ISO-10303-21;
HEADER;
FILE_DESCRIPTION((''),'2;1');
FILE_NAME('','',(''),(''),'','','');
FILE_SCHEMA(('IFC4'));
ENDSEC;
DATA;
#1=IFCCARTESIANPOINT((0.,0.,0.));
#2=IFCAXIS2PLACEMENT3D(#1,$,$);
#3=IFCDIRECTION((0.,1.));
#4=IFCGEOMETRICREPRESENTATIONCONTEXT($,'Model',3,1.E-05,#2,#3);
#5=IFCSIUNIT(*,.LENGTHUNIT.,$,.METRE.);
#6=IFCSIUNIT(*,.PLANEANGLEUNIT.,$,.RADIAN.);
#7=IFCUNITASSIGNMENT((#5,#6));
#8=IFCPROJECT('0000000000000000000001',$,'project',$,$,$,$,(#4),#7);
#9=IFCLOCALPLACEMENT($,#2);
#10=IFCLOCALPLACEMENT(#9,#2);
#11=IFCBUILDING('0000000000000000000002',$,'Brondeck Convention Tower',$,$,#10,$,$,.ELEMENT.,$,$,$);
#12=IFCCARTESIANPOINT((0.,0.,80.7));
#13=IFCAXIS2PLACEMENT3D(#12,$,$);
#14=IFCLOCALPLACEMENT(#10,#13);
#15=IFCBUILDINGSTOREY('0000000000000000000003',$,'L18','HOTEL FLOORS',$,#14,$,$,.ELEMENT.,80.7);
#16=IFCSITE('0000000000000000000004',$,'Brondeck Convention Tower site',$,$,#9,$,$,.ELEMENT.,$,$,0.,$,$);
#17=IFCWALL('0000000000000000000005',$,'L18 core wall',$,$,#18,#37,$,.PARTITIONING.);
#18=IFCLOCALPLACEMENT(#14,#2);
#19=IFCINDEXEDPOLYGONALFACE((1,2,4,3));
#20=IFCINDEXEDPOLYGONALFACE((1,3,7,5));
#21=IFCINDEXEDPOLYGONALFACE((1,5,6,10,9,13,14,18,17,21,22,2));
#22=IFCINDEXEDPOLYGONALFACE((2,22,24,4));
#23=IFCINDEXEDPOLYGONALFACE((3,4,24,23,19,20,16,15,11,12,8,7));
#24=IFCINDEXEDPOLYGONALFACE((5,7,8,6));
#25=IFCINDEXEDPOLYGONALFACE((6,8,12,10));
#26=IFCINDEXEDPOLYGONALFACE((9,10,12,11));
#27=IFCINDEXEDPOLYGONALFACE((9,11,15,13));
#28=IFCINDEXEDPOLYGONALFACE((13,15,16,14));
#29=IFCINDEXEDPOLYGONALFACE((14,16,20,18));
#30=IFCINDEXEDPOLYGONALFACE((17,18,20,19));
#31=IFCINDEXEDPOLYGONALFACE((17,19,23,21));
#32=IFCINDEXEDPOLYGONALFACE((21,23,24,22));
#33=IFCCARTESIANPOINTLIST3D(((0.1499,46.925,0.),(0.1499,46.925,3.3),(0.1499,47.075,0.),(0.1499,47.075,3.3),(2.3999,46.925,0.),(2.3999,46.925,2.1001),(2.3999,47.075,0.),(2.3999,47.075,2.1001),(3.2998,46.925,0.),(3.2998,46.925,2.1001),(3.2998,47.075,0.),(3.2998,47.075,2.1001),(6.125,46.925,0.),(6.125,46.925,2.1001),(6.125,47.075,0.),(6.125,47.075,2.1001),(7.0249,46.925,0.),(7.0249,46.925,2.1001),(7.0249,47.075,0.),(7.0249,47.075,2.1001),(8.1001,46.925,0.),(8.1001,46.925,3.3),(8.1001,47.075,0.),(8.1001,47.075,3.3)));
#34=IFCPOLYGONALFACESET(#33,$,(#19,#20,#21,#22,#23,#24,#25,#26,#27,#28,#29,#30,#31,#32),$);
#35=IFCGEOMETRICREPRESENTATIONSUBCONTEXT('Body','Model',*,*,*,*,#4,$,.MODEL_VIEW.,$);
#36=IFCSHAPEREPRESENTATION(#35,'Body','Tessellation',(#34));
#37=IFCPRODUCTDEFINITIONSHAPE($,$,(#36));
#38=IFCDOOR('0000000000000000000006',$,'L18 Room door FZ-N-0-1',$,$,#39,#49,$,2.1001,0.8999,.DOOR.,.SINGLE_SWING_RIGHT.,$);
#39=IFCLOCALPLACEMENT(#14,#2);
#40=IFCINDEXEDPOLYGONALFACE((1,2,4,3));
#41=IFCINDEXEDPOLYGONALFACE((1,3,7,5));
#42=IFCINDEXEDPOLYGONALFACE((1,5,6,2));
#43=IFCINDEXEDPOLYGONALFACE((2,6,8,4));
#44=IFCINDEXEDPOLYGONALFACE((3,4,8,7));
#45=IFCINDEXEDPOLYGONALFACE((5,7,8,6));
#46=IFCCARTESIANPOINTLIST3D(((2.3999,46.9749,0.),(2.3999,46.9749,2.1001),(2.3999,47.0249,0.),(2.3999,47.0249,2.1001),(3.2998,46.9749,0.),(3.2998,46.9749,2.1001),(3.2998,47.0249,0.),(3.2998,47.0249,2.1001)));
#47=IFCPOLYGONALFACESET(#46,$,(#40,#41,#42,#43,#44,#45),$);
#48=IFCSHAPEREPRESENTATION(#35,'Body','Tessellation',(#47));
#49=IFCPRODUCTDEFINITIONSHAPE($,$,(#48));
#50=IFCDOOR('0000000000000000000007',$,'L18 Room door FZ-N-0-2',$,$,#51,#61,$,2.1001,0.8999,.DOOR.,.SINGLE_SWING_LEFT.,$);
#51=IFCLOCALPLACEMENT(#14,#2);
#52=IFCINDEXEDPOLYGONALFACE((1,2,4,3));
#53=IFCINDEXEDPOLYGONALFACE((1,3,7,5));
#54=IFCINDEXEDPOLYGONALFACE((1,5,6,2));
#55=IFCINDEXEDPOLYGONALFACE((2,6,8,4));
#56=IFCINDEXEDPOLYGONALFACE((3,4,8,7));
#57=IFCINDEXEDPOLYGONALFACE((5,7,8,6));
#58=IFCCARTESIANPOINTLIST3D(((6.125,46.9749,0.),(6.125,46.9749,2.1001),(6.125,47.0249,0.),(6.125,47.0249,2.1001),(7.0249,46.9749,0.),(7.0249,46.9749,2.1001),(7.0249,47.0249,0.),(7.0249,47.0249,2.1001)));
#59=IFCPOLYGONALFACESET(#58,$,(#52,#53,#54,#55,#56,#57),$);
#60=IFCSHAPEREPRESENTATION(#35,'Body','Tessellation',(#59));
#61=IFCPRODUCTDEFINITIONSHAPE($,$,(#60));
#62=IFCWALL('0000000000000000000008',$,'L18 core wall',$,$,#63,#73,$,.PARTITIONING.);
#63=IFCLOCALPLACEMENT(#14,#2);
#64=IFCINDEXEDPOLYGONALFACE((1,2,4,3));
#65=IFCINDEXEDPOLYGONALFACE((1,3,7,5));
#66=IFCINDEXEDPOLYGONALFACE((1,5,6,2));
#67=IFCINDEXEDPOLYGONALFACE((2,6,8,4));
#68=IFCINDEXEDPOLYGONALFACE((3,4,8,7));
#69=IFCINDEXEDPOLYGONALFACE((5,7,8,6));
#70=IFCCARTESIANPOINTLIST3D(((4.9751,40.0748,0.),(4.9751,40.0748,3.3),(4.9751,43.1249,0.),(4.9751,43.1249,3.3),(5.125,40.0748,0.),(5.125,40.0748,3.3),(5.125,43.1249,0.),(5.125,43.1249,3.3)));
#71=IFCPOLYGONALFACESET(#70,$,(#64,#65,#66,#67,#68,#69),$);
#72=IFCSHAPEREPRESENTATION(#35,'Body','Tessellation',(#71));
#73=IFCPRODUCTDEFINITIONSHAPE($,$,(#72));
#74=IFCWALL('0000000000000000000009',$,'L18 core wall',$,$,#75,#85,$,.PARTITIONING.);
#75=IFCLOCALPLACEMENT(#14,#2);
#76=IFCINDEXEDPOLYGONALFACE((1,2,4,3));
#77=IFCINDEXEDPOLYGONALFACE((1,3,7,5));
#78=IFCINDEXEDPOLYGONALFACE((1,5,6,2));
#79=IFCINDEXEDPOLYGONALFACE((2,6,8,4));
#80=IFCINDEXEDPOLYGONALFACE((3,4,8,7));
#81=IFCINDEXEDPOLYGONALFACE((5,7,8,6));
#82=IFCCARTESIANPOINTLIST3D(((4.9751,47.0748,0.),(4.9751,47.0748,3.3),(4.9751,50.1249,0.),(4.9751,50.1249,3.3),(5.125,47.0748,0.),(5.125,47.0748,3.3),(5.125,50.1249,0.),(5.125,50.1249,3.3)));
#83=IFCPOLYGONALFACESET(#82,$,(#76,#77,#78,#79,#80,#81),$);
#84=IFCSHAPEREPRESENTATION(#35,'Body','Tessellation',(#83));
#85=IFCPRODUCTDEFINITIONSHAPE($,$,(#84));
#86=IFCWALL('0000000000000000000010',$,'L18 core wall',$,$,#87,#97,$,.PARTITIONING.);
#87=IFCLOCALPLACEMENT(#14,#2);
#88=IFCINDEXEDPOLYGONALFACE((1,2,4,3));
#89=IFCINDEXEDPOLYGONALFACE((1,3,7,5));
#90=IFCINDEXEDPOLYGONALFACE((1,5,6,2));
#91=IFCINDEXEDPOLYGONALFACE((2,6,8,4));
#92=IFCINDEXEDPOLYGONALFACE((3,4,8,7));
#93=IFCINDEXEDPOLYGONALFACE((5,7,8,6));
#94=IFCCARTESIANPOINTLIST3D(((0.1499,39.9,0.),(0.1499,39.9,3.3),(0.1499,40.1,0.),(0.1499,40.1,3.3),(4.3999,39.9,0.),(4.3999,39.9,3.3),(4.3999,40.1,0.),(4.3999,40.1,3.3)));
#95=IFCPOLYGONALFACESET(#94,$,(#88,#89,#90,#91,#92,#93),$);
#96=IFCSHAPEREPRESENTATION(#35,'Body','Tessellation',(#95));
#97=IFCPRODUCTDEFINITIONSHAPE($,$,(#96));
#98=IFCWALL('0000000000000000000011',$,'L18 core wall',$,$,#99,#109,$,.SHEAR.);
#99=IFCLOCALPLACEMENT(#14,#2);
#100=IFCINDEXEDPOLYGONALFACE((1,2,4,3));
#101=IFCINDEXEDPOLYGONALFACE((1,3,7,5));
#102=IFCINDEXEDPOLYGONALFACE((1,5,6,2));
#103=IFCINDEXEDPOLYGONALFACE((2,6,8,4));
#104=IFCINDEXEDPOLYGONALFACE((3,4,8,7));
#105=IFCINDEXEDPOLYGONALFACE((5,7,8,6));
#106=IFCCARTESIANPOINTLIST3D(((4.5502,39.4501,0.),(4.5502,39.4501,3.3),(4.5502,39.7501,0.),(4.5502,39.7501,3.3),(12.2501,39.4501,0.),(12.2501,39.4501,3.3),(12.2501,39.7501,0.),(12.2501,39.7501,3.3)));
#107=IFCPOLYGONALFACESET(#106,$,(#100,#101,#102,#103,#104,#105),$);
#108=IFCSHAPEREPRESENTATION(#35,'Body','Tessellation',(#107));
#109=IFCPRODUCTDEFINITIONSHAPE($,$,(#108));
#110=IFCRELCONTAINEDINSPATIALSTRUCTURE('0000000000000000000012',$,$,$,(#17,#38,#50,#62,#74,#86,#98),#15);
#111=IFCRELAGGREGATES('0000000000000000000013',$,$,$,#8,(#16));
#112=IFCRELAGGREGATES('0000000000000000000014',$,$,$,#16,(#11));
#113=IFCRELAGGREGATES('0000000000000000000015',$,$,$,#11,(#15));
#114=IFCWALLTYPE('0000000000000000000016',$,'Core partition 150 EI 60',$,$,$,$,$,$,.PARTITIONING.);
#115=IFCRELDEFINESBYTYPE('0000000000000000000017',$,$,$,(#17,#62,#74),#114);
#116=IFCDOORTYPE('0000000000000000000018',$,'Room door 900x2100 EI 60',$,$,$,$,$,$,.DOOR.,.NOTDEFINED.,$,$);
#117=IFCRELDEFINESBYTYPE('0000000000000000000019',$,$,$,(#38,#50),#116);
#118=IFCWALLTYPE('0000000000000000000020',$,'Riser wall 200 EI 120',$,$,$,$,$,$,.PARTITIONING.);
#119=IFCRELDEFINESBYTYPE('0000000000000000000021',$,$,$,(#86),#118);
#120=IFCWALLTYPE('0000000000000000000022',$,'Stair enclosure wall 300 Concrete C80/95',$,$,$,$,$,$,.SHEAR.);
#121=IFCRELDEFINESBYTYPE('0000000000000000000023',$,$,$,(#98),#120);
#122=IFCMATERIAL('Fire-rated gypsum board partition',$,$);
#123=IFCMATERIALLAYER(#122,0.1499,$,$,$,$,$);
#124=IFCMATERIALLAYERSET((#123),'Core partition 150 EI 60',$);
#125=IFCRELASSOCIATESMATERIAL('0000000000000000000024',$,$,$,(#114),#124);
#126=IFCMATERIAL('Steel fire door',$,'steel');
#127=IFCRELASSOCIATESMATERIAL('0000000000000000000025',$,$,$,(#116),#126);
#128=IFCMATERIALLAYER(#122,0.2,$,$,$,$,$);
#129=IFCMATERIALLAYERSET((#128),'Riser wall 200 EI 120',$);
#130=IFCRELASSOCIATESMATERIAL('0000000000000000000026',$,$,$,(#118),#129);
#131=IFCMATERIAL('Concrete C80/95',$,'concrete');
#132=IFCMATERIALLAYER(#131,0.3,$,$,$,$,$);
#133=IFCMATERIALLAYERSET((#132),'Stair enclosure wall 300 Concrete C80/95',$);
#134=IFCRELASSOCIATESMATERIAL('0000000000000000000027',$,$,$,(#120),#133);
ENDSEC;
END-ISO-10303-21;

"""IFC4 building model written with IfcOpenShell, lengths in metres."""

from ifc_helpers import new_model, si_unit, direction, frame, frame_2d, origin, place, context, subcontext, project, spatial, rectangle, extrude, material, layer, layer_set, type_object, element, fill, save


model = new_model("IFC4")

# Units and contexts
model_context = context("Model", 3, precision=1e-05, world=origin(), true_north=direction((0.0, 1.0)))
body_context = subcontext(model_context, "Body", "Model", "MODEL_VIEW")
ifc_project = project(units=[si_unit("LENGTHUNIT", "METRE"), si_unit("PLANEANGLEUNIT", "RADIAN")], contexts=[model_context])

# Site, building, storey
site_placement = place(None, origin())
site = spatial("IfcSite", under=ifc_project, at=site_placement, Name="Brondeck Convention Tower site", CompositionType="ELEMENT", RefElevation=0.0)
building_placement = place(site_placement, origin())
building = spatial("IfcBuilding", under=site, at=building_placement, Name="Brondeck Convention Tower", CompositionType="ELEMENT")
storey_placement = place(building_placement, frame((0.0, 0.0, 80.7)))
storey = spatial("IfcBuildingStorey", under=building, at=storey_placement, Name="L18", Description="HOTEL FLOORS", CompositionType="ELEMENT", Elevation=80.7)

# Shared definitions
ifc_material_1 = material(Name="Concrete C80/95", Category="concrete")

# Shared definitions
ifc_material_2 = material(Name="Fire-rated gypsum board partition")
ifc_layer_1 = layer(ifc_material_2, 0.1499)
ifc_layer_set_1 = layer_set([ifc_layer_1], Name="Core partition 150 EI 60")
wall_type_1 = type_object("IfcWallType", Name="Core partition 150 EI 60", PredefinedType="PARTITIONING", material=ifc_layer_set_1)

# Wall, openings, doors
ifc_material_3 = material(Name="Steel fire door", Category="steel")
door_type = type_object("IfcDoorType", Name="Room door 900x2100 EI 60", OperationType="NOTDEFINED", PredefinedType="DOOR", material=ifc_material_3)
wall_1_placement = place(storey_placement, frame((0.1499, 47.0, 0.0), z_axis=(0.0, 0.0, 1.0), x_axis=(1.0, 0.0, 0.0)))
wall_1 = element("IfcWall", 1, at=wall_1_placement, inside=storey, type_object=wall_type_1, Name="L18 core wall", PredefinedType="PARTITIONING", context=body_context, shape_type="SweptSolid", body=[
    extrude(rectangle(XDim=7.9502, YDim=0.1499, at=frame_2d((3.9751, 0.0))), origin(), (0.0, 0.0, 1.0), 3.3),
])
opening_1_placement = place(wall_1_placement, frame((2.25, 0.0, 0.0)))
opening_1 = element("IfcOpeningElement", 2, at=opening_1_placement, cuts=wall_1, PredefinedType="OPENING", context=body_context, shape_type="SweptSolid", body=[
    extrude(rectangle(XDim=0.8999, YDim=2.1001, at=frame_2d((0.45, 1.05))), frame((0.0, 0.085, 0.0), z_axis=(0.0, -1.0, 0.0), x_axis=(1.0, 0.0, 0.0)), (0.0, 0.0, 1.0), 0.1699),
])
opening_2_placement = place(wall_1_placement, frame((5.9751, 0.0, 0.0)))
opening_2 = element("IfcOpeningElement", 3, at=opening_2_placement, cuts=wall_1, PredefinedType="OPENING", context=body_context, shape_type="SweptSolid", body=[
    extrude(rectangle(XDim=0.8999, YDim=2.1001, at=frame_2d((0.45, 1.05))), frame((0.0, 0.085, 0.0), z_axis=(0.0, -1.0, 0.0), x_axis=(1.0, 0.0, 0.0)), (0.0, 0.0, 1.0), 0.1699),
])
door_1_placement = place(opening_1_placement, origin())
door_1 = element("IfcDoor", 4, at=door_1_placement, inside=storey, type_object=door_type, Name="L18 Room door FZ-N-0-1", OperationType="SINGLE_SWING_RIGHT", OverallHeight=2.1001, OverallWidth=0.8999, PredefinedType="DOOR", context=body_context, shape_type="SweptSolid", body=[
    extrude(rectangle(XDim=0.8999, YDim=2.1001, at=frame_2d((0.45, 1.05))), frame((0.0, 0.0249, 0.0), z_axis=(0.0, -1.0, 0.0), x_axis=(1.0, 0.0, 0.0)), (0.0, 0.0, 1.0), 0.05),
])
fill(opening_1, door_1)
door_2_placement = place(opening_2_placement, origin())
door_2 = element("IfcDoor", 5, at=door_2_placement, inside=storey, type_object=door_type, Name="L18 Room door FZ-N-0-2", OperationType="SINGLE_SWING_LEFT", OverallHeight=2.1001, OverallWidth=0.8999, PredefinedType="DOOR", context=body_context, shape_type="SweptSolid", body=[
    extrude(rectangle(XDim=0.8999, YDim=2.1001, at=frame_2d((0.45, 1.05))), frame((0.0, 0.0249, 0.0), z_axis=(0.0, -1.0, 0.0), x_axis=(1.0, 0.0, 0.0)), (0.0, 0.0, 1.0), 0.05),
])
fill(opening_2, door_2)

# Walls
for number, where, z_axis, x_axis, name in (
    (6, (5.05, 40.075, 0.0), (0.0, 0.0, 1.0), (0.0, 1.0, 0.0), "L18 core wall"),
    (7, (5.05, 47.075, 0.0), (0.0, 0.0, 1.0), (0.0, 1.0, 0.0), "L18 core wall"),
):
    element("IfcWall", number, at=place(storey_placement, frame(where, z_axis=z_axis, x_axis=x_axis)), inside=storey, type_object=wall_type_1, Name=name, PredefinedType="PARTITIONING", context=body_context, shape_type="SweptSolid", body=[
        extrude(rectangle(XDim=3.05, YDim=0.1499, at=frame_2d((1.5249, 0.0))), origin(), (0.0, 0.0, 1.0), 3.3),
    ])
ifc_layer_2 = layer(ifc_material_2, 0.2)
ifc_layer_set_2 = layer_set([ifc_layer_2], Name="Riser wall 200 EI 120")
wall_type_2 = type_object("IfcWallType", Name="Riser wall 200 EI 120", PredefinedType="PARTITIONING", material=ifc_layer_set_2)
wall_2_placement = place(storey_placement, frame((0.1499, 40.0, 0.0), z_axis=(0.0, 0.0, 1.0), x_axis=(1.0, 0.0, 0.0)))
element("IfcWall", 8, at=wall_2_placement, inside=storey, type_object=wall_type_2, Name="L18 core wall", PredefinedType="PARTITIONING", context=body_context, shape_type="SweptSolid", body=[
    extrude(rectangle(XDim=4.25, YDim=0.2, at=frame_2d((2.125, 0.0))), origin(), (0.0, 0.0, 1.0), 3.3),
])
ifc_layer_3 = layer(ifc_material_1, 0.3)
ifc_layer_set_3 = layer_set([ifc_layer_3], Name="Stair enclosure wall 300 Concrete C80/95")
wall_type_3 = type_object("IfcWallType", Name="Stair enclosure wall 300 Concrete C80/95", PredefinedType="SHEAR", material=ifc_layer_set_3)
wall_3_placement = place(storey_placement, frame((4.55, 39.6001, 0.0), z_axis=(0.0, 0.0, 1.0), x_axis=(1.0, 0.0, 0.0)))
element("IfcWall", 9, at=wall_3_placement, inside=storey, type_object=wall_type_3, Name="L18 core wall", PredefinedType="SHEAR", context=body_context, shape_type="SweptSolid", body=[
    extrude(rectangle(XDim=7.7, YDim=0.3, at=frame_2d((3.8501, 0.0))), origin(), (0.0, 0.0, 1.0), 3.3),
])

save(model, "model.ifc")
